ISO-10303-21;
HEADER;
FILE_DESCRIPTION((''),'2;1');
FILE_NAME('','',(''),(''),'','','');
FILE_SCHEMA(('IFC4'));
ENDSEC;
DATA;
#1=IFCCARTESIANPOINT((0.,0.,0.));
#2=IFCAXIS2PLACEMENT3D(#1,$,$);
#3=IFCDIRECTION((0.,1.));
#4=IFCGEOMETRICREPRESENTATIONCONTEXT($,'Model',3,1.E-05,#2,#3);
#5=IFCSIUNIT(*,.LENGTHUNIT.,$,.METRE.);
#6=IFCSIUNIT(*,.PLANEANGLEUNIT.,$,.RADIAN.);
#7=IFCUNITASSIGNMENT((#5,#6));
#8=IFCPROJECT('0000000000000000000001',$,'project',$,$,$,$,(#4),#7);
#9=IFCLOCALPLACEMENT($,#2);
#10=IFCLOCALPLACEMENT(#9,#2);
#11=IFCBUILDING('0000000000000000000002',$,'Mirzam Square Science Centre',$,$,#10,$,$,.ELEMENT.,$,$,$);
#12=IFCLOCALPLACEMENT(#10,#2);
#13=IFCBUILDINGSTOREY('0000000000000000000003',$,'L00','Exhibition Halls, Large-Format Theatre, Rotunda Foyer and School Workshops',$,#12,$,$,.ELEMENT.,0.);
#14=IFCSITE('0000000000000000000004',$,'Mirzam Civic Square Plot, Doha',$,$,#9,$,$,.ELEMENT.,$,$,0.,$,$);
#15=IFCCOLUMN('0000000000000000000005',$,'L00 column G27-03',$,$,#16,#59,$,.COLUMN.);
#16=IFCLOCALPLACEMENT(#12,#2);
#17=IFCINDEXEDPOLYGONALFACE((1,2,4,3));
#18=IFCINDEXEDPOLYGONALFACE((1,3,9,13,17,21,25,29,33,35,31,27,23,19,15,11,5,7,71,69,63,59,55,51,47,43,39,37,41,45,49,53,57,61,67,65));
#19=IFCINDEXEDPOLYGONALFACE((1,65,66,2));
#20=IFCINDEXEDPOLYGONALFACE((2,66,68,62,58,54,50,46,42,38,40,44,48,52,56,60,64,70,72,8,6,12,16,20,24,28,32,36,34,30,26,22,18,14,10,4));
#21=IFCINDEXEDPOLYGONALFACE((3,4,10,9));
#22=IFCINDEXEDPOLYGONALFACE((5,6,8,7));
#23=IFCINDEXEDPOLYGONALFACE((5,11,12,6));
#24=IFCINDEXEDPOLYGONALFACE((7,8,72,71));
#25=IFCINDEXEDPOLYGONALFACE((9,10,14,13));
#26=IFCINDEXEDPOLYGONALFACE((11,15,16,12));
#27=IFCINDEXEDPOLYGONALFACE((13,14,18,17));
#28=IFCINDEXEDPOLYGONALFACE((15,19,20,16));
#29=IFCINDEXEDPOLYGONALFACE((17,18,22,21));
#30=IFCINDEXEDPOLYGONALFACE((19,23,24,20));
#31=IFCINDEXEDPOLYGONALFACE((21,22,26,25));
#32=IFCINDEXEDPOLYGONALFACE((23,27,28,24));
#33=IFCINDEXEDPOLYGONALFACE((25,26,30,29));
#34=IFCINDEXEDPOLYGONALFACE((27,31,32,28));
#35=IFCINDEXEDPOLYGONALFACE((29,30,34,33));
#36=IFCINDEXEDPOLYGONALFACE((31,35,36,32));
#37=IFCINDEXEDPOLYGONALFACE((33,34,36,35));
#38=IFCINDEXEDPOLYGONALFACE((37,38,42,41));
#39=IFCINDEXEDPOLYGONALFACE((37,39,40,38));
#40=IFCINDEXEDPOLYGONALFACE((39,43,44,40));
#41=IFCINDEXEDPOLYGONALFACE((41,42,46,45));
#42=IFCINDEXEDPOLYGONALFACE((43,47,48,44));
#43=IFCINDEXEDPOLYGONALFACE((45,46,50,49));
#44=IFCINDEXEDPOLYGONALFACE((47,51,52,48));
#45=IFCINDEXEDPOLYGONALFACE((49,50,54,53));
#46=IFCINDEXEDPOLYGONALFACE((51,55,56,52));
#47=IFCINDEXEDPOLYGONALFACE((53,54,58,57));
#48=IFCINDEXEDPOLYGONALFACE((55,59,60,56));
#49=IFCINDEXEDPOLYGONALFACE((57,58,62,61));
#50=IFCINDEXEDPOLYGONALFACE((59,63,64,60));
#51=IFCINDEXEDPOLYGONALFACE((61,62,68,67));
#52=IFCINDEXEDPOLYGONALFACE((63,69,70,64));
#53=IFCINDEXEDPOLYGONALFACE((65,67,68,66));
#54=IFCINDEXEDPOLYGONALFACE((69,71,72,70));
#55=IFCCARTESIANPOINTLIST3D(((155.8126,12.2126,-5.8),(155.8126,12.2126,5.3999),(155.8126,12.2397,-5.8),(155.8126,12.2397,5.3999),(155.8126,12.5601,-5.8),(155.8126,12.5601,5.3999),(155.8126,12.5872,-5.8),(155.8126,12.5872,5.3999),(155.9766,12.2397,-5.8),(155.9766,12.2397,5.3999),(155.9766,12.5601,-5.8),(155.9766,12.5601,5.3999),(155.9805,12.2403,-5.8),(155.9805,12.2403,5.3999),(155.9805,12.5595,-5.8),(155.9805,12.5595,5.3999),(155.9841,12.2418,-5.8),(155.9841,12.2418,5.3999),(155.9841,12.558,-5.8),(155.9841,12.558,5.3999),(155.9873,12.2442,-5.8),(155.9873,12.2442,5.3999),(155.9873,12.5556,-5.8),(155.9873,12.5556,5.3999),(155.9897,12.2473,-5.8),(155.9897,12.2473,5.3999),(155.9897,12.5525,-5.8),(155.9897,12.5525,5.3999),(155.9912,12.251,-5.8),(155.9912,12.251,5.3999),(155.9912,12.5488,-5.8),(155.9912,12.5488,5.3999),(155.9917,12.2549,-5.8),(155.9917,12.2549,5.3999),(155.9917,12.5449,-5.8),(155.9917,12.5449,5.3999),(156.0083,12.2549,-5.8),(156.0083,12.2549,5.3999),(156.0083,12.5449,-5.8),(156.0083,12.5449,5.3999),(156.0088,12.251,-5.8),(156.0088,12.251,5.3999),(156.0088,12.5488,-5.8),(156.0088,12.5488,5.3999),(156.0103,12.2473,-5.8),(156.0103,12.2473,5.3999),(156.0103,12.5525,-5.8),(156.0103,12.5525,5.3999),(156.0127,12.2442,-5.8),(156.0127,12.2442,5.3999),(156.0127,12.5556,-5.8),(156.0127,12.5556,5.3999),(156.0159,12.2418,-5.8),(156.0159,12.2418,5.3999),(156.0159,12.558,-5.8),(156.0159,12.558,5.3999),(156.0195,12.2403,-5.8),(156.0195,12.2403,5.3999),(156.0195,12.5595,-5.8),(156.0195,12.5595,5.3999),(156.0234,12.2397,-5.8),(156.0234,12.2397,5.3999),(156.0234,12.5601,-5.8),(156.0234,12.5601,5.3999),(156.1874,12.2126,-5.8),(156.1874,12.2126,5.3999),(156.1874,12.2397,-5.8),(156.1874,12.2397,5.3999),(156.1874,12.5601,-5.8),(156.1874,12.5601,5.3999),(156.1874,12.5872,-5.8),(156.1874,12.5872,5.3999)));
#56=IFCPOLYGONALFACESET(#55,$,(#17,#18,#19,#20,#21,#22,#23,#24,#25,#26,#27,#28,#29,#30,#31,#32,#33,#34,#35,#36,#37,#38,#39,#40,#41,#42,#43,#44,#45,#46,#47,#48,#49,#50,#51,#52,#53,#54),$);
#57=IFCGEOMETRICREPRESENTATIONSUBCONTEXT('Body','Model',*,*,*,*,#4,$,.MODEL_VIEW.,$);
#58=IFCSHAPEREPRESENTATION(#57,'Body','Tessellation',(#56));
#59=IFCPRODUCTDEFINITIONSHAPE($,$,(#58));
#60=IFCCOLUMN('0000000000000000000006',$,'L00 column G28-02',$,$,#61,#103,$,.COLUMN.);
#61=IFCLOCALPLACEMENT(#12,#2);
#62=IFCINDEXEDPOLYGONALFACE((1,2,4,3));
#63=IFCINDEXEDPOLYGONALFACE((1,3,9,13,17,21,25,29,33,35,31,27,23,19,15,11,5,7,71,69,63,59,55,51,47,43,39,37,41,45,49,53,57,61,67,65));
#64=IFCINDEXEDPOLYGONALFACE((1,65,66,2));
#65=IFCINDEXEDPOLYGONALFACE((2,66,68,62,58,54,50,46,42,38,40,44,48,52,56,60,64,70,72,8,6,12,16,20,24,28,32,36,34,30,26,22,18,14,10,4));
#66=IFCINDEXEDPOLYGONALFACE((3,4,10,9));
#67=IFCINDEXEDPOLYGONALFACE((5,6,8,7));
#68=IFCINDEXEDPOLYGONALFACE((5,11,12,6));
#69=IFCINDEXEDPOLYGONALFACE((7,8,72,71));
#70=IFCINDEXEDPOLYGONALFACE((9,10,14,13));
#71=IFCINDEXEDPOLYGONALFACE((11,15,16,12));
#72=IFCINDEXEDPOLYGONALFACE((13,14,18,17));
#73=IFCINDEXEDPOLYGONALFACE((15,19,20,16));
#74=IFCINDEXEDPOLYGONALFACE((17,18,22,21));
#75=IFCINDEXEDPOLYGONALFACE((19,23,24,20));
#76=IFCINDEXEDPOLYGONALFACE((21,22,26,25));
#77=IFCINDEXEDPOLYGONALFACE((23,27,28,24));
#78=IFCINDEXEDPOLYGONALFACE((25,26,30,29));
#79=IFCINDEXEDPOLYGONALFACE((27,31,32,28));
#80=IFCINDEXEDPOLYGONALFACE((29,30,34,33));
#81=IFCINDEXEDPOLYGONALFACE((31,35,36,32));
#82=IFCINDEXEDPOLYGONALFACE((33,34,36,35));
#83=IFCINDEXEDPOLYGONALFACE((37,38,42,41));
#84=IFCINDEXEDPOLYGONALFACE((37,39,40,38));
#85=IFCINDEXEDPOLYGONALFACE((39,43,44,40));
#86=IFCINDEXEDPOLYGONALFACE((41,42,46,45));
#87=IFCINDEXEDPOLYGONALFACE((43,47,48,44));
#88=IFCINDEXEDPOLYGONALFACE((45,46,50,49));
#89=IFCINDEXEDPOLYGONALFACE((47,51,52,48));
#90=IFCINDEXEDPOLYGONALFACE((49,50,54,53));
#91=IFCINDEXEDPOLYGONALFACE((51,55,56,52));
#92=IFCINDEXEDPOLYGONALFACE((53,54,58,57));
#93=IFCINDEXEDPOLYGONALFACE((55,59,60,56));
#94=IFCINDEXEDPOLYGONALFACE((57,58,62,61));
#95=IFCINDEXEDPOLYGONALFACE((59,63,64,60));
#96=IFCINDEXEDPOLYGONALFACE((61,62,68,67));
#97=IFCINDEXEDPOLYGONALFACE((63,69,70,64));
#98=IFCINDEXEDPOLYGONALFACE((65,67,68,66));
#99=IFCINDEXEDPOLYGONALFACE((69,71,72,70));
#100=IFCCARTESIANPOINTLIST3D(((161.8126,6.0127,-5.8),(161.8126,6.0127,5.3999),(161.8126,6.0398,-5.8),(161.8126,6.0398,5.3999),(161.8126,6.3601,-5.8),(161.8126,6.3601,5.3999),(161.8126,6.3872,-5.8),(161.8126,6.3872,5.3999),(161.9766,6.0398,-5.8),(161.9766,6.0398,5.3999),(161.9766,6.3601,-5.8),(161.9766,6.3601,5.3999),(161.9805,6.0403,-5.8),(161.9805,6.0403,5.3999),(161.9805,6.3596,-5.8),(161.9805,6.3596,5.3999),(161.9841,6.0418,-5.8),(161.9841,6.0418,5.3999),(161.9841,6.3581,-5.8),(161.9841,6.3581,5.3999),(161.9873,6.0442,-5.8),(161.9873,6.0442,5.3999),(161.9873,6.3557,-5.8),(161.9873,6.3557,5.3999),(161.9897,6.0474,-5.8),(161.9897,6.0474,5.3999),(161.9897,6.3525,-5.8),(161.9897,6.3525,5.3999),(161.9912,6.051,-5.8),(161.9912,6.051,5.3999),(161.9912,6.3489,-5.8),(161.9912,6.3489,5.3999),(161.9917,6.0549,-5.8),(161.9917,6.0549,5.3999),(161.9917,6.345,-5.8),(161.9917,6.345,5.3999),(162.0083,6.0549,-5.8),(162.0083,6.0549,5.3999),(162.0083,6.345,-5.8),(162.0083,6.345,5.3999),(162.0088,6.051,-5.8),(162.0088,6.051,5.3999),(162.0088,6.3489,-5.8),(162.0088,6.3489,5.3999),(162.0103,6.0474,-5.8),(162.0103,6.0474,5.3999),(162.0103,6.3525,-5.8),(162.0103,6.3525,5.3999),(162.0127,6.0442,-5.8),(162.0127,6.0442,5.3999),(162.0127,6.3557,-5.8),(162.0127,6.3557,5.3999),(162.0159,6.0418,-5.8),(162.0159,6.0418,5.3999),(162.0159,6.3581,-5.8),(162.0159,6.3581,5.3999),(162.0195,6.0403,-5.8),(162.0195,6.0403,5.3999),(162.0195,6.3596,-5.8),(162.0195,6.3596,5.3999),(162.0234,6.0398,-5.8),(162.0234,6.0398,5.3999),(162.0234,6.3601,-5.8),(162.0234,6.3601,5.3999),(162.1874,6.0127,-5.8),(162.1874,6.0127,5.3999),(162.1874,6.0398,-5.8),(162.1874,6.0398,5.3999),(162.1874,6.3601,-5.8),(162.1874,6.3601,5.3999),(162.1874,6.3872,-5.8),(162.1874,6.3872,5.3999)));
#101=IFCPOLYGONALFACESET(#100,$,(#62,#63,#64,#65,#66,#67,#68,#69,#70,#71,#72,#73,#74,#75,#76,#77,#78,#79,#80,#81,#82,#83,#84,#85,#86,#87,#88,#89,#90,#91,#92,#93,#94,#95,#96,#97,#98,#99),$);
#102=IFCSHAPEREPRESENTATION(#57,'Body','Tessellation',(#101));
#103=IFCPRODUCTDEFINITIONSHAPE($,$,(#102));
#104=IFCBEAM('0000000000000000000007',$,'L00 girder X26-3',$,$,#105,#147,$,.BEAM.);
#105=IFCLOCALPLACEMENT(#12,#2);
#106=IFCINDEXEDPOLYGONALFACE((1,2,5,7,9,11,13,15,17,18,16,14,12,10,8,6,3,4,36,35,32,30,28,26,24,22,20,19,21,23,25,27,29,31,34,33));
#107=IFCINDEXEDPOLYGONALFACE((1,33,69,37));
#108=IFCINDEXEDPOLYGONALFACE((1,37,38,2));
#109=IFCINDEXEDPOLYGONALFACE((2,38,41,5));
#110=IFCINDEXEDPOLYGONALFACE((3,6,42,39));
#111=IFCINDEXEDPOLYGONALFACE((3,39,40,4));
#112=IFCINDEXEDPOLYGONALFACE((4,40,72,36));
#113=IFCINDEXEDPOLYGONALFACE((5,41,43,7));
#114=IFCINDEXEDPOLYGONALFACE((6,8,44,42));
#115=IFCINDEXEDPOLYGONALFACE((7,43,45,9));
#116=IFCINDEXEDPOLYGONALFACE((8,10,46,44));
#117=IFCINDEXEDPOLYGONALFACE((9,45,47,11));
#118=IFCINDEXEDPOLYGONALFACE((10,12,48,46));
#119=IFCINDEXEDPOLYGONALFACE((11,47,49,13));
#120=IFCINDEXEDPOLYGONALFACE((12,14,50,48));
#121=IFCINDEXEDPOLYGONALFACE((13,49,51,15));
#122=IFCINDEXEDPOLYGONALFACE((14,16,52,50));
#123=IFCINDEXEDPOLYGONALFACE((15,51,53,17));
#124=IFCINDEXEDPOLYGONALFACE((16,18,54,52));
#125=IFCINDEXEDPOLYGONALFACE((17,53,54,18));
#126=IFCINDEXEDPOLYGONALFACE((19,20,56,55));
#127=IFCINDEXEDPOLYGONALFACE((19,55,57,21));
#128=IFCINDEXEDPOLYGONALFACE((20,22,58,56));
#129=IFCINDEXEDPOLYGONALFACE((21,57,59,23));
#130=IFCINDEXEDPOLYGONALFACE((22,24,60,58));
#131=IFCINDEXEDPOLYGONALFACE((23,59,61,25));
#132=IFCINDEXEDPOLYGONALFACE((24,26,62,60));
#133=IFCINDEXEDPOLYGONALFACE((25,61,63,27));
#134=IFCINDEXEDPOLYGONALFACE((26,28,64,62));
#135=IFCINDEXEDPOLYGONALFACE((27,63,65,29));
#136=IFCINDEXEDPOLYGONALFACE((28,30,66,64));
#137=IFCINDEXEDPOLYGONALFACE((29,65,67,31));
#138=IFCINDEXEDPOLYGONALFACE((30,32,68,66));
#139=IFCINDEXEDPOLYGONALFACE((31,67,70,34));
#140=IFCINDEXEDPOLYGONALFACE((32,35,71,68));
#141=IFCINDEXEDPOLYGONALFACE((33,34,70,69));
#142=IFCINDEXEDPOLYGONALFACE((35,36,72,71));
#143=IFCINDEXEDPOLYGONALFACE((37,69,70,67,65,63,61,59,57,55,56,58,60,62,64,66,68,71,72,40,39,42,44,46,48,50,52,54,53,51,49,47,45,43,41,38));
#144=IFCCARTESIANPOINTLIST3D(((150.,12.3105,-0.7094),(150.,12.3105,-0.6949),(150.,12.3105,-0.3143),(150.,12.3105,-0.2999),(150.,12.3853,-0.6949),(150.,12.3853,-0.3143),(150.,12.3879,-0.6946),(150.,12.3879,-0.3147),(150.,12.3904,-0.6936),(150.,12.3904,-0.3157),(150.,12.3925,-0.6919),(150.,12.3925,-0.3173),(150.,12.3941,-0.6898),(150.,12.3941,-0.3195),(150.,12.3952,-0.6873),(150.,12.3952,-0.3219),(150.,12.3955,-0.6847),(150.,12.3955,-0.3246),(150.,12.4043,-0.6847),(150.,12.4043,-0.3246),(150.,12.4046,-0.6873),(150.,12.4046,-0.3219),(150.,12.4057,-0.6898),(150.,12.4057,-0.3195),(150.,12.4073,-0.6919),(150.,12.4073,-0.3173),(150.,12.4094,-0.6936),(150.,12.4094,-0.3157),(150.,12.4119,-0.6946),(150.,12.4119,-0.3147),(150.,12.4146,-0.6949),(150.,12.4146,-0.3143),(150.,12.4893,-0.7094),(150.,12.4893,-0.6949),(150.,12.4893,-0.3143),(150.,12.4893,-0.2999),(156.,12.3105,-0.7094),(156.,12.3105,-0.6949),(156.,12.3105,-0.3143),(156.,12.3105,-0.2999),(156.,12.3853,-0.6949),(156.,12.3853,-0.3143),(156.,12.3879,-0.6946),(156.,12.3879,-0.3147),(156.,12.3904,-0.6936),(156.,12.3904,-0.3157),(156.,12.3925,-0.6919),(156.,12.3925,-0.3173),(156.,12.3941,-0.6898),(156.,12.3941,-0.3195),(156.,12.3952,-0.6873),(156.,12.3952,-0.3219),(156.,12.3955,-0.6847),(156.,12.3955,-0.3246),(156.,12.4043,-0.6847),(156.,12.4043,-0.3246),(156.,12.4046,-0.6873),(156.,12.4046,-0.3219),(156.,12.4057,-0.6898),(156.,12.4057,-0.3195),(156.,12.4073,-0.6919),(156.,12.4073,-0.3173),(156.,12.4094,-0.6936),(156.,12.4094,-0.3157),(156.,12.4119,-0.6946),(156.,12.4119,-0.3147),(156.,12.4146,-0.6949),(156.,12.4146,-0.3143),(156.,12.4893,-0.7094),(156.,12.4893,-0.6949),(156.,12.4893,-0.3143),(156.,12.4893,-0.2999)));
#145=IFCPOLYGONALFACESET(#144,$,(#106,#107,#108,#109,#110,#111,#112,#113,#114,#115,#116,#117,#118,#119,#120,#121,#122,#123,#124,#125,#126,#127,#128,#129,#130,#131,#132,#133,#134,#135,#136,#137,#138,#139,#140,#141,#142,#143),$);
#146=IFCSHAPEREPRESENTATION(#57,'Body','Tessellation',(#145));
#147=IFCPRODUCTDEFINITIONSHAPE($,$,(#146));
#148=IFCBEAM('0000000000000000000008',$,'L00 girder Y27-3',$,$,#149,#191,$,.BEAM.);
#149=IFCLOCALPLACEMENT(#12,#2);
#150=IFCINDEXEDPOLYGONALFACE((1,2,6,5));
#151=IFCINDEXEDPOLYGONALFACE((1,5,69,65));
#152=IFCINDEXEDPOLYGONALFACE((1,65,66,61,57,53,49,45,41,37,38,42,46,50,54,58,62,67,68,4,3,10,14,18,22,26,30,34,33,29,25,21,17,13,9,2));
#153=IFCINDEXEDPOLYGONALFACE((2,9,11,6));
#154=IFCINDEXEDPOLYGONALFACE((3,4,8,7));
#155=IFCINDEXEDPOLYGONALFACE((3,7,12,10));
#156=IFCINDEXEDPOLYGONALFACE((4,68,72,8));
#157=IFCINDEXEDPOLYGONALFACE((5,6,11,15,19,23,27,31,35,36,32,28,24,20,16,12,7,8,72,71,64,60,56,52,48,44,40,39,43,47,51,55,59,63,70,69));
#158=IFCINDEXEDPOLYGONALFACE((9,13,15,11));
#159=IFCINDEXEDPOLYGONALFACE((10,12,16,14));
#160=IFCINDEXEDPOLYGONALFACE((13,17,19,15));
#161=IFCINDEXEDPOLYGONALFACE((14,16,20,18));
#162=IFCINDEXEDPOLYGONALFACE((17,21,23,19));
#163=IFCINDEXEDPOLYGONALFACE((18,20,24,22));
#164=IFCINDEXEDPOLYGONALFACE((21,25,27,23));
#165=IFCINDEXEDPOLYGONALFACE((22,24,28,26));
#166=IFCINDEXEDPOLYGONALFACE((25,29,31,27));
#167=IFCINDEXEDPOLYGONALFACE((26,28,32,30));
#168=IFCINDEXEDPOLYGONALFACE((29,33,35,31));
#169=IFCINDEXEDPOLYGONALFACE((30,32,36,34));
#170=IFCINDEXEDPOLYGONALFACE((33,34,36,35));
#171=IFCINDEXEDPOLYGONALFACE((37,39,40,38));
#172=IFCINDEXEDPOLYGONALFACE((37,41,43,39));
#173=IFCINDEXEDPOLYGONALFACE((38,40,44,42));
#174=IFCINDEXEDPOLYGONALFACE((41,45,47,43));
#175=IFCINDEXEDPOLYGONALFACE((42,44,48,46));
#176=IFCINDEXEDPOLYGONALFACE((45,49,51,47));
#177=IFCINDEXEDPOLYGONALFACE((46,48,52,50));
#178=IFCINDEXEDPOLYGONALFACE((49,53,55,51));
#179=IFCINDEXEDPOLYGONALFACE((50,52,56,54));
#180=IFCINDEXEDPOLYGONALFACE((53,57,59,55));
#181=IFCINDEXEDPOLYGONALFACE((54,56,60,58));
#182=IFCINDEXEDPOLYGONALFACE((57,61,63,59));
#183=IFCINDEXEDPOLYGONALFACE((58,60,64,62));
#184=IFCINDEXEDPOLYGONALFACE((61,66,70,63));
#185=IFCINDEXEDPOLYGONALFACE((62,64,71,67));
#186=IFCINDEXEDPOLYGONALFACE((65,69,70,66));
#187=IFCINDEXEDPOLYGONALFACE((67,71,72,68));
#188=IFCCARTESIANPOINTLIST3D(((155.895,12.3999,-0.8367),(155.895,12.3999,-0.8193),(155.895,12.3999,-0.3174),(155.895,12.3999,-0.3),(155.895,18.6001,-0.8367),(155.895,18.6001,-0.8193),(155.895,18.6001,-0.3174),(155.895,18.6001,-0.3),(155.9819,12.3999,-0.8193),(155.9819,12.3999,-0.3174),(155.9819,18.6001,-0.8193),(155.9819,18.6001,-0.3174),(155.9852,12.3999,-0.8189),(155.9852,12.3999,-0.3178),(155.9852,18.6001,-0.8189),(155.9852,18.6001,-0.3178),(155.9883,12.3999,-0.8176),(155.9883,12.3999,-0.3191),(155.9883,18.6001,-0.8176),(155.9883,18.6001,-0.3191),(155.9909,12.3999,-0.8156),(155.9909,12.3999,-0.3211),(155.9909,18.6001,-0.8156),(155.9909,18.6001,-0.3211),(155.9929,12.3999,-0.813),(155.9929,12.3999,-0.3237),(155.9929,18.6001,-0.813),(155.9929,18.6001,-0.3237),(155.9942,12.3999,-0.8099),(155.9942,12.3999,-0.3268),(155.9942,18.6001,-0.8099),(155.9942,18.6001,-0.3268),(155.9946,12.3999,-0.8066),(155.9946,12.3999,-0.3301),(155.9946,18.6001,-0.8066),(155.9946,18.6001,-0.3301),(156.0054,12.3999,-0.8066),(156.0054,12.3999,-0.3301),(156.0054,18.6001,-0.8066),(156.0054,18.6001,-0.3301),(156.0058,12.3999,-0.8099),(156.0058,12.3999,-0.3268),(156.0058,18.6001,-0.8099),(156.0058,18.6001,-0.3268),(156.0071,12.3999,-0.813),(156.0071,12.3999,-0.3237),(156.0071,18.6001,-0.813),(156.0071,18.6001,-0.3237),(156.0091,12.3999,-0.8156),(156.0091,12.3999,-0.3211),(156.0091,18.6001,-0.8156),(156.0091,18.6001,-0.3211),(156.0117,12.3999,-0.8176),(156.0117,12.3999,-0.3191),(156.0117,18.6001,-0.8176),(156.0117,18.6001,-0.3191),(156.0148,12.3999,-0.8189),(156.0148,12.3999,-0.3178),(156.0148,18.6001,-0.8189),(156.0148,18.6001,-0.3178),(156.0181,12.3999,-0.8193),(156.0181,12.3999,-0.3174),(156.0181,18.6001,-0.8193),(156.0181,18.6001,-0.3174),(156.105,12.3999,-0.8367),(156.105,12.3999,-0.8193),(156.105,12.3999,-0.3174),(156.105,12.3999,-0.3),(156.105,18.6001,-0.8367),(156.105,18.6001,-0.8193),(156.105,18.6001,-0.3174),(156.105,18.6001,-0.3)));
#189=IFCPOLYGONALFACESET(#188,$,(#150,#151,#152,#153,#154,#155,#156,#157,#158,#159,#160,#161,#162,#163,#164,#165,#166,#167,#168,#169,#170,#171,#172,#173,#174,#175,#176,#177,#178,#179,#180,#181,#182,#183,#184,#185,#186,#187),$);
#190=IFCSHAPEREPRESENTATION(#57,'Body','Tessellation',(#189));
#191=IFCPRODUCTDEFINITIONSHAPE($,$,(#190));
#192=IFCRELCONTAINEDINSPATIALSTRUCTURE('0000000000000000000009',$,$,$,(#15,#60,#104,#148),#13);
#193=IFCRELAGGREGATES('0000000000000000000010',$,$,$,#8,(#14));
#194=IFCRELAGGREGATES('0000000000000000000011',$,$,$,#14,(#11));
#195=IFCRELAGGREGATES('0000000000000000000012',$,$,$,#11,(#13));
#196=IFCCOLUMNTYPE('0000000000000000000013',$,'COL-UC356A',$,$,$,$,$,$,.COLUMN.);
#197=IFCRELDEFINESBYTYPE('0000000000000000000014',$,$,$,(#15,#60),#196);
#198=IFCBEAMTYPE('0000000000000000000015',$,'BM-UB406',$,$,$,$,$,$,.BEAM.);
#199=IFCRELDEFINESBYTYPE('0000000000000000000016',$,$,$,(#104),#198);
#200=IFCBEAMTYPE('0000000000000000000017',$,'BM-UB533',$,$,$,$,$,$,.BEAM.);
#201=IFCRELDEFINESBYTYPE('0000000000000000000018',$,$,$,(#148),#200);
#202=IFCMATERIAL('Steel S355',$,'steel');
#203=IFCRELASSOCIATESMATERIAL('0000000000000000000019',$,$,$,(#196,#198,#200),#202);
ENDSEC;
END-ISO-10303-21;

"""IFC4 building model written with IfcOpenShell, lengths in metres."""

from ifc_helpers import new_model, si_unit, direction, frame, origin, origin_2d, place, context, subcontext, project, spatial, i_section, extrude, material, material_profile, profile_set, type_object, element, save


model = new_model("IFC4")

# Units and contexts
model_context = context("Model", 3, precision=1e-05, world=origin(), true_north=direction((0.0, 1.0)))
body_context = subcontext(model_context, "Body", "Model", "MODEL_VIEW")
ifc_project = project(units=[si_unit("LENGTHUNIT", "METRE"), si_unit("PLANEANGLEUNIT", "RADIAN")], contexts=[model_context])

# Site, building, storey
site_placement = place(None, origin())
site = spatial("IfcSite", under=ifc_project, at=site_placement, Name="Mirzam Civic Square Plot, Doha", CompositionType="ELEMENT", RefElevation=0.0)
building_placement = place(site_placement, origin())
building = spatial("IfcBuilding", under=site, at=building_placement, Name="Mirzam Square Science Centre", CompositionType="ELEMENT")
storey_placement = place(building_placement, origin())
storey = spatial("IfcBuildingStorey", under=building, at=storey_placement, Name="L00", Description="Exhibition Halls, Large-Format Theatre, Rotunda Foyer and School Workshops", CompositionType="ELEMENT", Elevation=0.0)

# Columns
ifc_material_1 = material(Name="Steel S355", Category="steel")
ifc_material_profile_1 = material_profile(ifc_material_1, i_section(OverallWidth=0.3748, OverallDepth=0.3745, WebThickness=0.0166, FlangeThickness=0.0271, FilletRadius=0.0151, at=origin_2d()), Name="356x368x202UC")
ifc_profile_set_1 = profile_set([ifc_material_profile_1], Name="Steel S355")
column_type_1 = type_object("IfcColumnType", Name="COL-UC356A", PredefinedType="COLUMN", material=ifc_profile_set_1)
for number, where, z_axis, x_axis, name in (
    (1, (156.0, 12.3999, -5.8), (0.0, 0.0, 1.0), (1.0, 0.0, 0.0), "L00 column G27-03"),
    (2, (162.0, 6.2, -5.8), (0.0, 0.0, 1.0), (1.0, 0.0, 0.0), "L00 column G28-02"),
):
    element("IfcColumn", number, at=place(storey_placement, frame(where, z_axis=z_axis, x_axis=x_axis)), inside=storey, type_object=column_type_1, Name=name, PredefinedType="COLUMN", context=body_context, shape_type="SweptSolid", body=[
        extrude(i_section(OverallWidth=0.3748, OverallDepth=0.3745, WebThickness=0.0166, FlangeThickness=0.0271, FilletRadius=0.0151, at=origin_2d()), origin(), (0.0, 0.0, 1.0), 11.2),
    ])

# Beams
ifc_material_profile_2 = material_profile(ifc_material_1, i_section(OverallWidth=0.1787, OverallDepth=0.4094, WebThickness=0.0088, FlangeThickness=0.0144, FilletRadius=0.0103, at=origin_2d()), Name="406x178x67UB")
ifc_profile_set_2 = profile_set([ifc_material_profile_2], Name="Steel S355")
beam_type_1 = type_object("IfcBeamType", Name="BM-UB406", PredefinedType="BEAM", material=ifc_profile_set_2)
beam_1_placement = place(storey_placement, frame((150.0, 12.3999, -0.5046), z_axis=(1.0, 0.0, 0.0), x_axis=(0.0, 1.0, 0.0)))
element("IfcBeam", 3, at=beam_1_placement, inside=storey, type_object=beam_type_1, Name="L00 girder X26-3", PredefinedType="BEAM", context=body_context, shape_type="SweptSolid", body=[
    extrude(i_section(OverallWidth=0.1787, OverallDepth=0.4094, WebThickness=0.0088, FlangeThickness=0.0144, FilletRadius=0.0103, at=origin_2d()), origin(), (0.0, 0.0, 1.0), 6.0),
])
ifc_material_profile_3 = material_profile(ifc_material_1, i_section(OverallWidth=0.21, OverallDepth=0.5366, WebThickness=0.0107, FlangeThickness=0.0173, FilletRadius=0.0127, at=origin_2d()), Name="533x210x101UB")
ifc_profile_set_3 = profile_set([ifc_material_profile_3], Name="Steel S355")
beam_type_2 = type_object("IfcBeamType", Name="BM-UB533", PredefinedType="BEAM", material=ifc_profile_set_3)
beam_2_placement = place(storey_placement, frame((156.0, 12.3999, -0.5684), z_axis=(0.0, 1.0, 0.0), x_axis=(-1.0, 0.0, 0.0)))
element("IfcBeam", 4, at=beam_2_placement, inside=storey, type_object=beam_type_2, Name="L00 girder Y27-3", PredefinedType="BEAM", context=body_context, shape_type="SweptSolid", body=[
    extrude(i_section(OverallWidth=0.21, OverallDepth=0.5366, WebThickness=0.0107, FlangeThickness=0.0173, FilletRadius=0.0127, at=origin_2d()), origin(), (0.0, 0.0, 1.0), 6.2002),
])

save(model, "model.ifc")
